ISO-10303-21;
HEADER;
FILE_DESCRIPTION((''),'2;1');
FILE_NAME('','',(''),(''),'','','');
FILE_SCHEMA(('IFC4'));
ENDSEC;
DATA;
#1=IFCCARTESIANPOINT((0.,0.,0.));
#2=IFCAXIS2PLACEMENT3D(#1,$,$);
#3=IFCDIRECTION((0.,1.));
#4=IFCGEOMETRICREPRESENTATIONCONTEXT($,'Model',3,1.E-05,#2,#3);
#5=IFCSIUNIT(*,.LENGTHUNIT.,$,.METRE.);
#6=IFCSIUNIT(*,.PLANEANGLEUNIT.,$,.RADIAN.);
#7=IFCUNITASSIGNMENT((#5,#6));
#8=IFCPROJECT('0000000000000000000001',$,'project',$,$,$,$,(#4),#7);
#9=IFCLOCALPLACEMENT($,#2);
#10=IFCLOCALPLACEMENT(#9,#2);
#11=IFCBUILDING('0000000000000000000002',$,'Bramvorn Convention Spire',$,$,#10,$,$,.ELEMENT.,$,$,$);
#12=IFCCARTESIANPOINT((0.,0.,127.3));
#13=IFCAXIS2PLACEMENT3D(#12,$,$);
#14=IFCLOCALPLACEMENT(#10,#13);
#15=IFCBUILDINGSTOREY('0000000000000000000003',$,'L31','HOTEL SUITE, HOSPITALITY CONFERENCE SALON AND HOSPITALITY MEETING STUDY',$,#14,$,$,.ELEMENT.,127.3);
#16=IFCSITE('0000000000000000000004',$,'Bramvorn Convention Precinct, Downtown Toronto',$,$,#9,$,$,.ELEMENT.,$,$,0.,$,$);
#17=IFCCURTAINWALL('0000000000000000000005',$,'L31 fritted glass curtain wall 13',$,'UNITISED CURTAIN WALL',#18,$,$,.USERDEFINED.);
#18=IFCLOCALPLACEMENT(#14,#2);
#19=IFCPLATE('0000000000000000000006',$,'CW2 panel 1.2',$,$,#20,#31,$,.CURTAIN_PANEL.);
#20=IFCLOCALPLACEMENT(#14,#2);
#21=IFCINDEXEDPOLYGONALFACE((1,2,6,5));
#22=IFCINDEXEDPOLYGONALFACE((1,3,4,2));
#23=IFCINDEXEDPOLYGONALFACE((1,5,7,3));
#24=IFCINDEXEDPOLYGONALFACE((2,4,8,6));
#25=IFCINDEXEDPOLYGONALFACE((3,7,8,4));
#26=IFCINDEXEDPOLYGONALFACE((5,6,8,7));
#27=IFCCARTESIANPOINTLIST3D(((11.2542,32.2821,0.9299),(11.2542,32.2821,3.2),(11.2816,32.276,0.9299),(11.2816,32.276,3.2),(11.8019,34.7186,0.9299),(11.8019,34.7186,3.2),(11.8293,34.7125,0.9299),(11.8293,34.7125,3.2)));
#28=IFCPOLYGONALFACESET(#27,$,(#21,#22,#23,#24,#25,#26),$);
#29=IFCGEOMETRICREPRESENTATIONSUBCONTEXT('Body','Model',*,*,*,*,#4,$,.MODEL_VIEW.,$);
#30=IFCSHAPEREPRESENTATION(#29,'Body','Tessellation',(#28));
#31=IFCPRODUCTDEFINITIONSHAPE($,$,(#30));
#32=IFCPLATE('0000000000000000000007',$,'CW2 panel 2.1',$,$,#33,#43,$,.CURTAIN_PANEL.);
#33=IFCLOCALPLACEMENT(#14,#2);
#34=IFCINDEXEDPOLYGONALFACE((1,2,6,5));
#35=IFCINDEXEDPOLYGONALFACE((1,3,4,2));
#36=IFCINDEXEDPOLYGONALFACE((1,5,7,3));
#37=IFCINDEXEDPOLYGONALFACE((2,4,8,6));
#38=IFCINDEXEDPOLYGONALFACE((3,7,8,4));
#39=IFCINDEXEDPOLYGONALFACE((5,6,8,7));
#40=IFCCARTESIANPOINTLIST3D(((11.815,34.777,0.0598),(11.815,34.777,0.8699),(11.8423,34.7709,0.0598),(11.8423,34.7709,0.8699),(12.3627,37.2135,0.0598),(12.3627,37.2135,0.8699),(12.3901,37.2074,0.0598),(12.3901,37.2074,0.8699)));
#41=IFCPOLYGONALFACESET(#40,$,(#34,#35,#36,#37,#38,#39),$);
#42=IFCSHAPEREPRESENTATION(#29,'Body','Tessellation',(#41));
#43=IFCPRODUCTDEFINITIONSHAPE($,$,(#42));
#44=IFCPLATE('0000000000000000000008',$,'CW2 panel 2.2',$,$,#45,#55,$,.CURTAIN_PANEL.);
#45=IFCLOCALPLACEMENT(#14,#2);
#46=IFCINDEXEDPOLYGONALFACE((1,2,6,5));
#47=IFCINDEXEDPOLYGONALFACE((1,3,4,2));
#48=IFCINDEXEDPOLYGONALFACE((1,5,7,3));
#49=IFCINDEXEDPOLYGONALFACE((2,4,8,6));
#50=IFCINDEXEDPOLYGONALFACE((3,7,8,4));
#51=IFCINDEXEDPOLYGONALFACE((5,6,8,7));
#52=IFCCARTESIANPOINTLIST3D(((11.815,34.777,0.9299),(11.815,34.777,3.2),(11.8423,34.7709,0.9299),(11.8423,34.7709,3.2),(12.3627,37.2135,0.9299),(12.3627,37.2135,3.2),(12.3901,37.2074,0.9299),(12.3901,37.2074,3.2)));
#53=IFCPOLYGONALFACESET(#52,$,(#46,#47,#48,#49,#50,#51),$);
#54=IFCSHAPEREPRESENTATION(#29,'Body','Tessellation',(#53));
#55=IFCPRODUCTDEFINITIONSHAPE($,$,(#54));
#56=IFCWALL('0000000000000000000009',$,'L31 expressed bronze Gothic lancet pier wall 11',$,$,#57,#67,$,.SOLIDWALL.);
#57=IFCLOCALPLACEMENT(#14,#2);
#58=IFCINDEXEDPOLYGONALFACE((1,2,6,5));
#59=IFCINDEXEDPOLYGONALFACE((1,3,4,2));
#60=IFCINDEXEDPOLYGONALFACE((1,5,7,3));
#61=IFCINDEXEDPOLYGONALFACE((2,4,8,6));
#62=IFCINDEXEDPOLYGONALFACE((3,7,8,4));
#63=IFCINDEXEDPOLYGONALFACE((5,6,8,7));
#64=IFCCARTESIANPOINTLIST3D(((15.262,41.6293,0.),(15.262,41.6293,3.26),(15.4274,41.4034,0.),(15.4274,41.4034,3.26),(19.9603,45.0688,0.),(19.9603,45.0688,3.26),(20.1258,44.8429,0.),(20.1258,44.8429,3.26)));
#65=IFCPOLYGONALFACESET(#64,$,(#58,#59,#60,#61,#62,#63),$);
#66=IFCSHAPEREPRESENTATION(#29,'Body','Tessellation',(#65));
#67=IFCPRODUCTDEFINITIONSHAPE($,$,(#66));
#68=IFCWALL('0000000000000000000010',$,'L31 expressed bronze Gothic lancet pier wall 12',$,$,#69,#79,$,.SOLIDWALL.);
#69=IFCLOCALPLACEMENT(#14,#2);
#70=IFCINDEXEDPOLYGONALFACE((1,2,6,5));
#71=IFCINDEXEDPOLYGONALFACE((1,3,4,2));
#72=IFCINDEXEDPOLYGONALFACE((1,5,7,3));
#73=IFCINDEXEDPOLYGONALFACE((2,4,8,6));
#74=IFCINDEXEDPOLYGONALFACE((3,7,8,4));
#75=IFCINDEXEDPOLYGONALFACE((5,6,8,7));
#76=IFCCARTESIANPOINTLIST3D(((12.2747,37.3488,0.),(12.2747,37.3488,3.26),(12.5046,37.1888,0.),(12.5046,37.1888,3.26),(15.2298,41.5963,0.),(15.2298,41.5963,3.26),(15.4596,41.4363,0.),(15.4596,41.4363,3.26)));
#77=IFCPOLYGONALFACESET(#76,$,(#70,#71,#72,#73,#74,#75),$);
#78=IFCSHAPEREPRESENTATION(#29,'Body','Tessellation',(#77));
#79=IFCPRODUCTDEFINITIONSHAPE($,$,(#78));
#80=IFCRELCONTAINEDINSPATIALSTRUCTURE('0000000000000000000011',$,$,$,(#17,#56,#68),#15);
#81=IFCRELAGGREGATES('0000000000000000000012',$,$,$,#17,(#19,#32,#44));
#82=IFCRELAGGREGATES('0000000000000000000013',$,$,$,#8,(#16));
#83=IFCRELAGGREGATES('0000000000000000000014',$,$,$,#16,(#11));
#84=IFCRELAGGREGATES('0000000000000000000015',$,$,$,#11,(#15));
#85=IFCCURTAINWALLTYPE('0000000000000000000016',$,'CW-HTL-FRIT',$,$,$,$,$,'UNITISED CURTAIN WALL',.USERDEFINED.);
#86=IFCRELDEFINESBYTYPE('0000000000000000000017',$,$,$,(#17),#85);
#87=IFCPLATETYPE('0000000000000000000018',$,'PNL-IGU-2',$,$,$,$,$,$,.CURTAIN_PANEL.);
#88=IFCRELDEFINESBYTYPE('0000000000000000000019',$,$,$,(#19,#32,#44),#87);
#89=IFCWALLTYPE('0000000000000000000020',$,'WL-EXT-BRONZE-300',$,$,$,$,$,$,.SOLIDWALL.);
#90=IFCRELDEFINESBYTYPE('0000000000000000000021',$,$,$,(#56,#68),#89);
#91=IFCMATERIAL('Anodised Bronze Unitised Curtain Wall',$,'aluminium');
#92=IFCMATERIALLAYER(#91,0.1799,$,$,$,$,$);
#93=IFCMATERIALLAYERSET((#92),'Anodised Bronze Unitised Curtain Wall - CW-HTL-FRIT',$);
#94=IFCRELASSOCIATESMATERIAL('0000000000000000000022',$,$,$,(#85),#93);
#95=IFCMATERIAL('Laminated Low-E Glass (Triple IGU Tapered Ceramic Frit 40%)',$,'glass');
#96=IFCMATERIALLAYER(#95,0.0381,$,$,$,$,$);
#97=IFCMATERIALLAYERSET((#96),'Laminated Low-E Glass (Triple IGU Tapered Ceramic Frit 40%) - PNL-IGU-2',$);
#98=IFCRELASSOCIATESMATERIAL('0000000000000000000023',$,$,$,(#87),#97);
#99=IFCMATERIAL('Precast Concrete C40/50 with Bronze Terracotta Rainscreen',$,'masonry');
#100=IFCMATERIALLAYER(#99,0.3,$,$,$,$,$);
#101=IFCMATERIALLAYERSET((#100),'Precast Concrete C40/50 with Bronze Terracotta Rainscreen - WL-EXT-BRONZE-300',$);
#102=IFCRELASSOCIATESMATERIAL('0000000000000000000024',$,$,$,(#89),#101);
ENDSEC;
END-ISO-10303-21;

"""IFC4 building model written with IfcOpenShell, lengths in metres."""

from ifc_helpers import new_model, si_unit, direction, frame, frame_2d, origin, origin_2d, place, context, subcontext, project, spatial, rectangle, extrude, material, layer, layer_set, type_object, element, aggregate, save


model = new_model("IFC4")

# Units and contexts
model_context = context("Model", 3, precision=1e-05, world=origin(), true_north=direction((0.0, 1.0)))
body_context = subcontext(model_context, "Body", "Model", "MODEL_VIEW")
ifc_project = project(units=[si_unit("LENGTHUNIT", "METRE"), si_unit("PLANEANGLEUNIT", "RADIAN")], contexts=[model_context])

# Site, building, storey
site_placement = place(None, origin())
site = spatial("IfcSite", under=ifc_project, at=site_placement, Name="Bramvorn Convention Precinct, Downtown Toronto", CompositionType="ELEMENT", RefElevation=0.0)
building_placement = place(site_placement, origin())
building = spatial("IfcBuilding", under=site, at=building_placement, Name="Bramvorn Convention Spire", CompositionType="ELEMENT")
storey_placement = place(building_placement, frame((0.0, 0.0, 127.3)))
storey = spatial("IfcBuildingStorey", under=building, at=storey_placement, Name="L31", Description="HOTEL SUITE, HOSPITALITY CONFERENCE SALON AND HOSPITALITY MEETING STUDY", CompositionType="ELEMENT", Elevation=127.3)

# Curtain wall
ifc_material_1 = material(Name="Anodised Bronze Unitised Curtain Wall", Category="aluminium")
ifc_layer_1 = layer(ifc_material_1, 0.1799)
ifc_layer_set_1 = layer_set([ifc_layer_1], Name="Anodised Bronze Unitised Curtain Wall - CW-HTL-FRIT")
curtain_wall_type = type_object("IfcCurtainWallType", Name="CW-HTL-FRIT", ElementType="UNITISED CURTAIN WALL", PredefinedType="USERDEFINED", material=ifc_layer_set_1)
curtain_wall_placement = place(storey_placement, origin())
curtain_wall = element("IfcCurtainWall", 1, at=curtain_wall_placement, inside=storey, type_object=curtain_wall_type, Name="L31 fritted glass curtain wall 13", ObjectType="UNITISED CURTAIN WALL", PredefinedType="USERDEFINED")

# Plates
ifc_material_2 = material(Name="Laminated Low-E Glass (Triple IGU Tapered Ceramic Frit 40%)", Category="glass")
ifc_layer_2 = layer(ifc_material_2, 0.0381)
ifc_layer_set_2 = layer_set([ifc_layer_2], Name="Laminated Low-E Glass (Triple IGU Tapered Ceramic Frit 40%) - PNL-IGU-2")
plate_type = type_object("IfcPlateType", Name="PNL-IGU-2", PredefinedType="CURTAIN_PANEL", material=ifc_layer_set_2)
plate_1_placement = place(storey_placement, frame((11.5417, 33.4973, 0.9299), z_axis=(0.0, 0.0, 1.0), x_axis=(0.219348, 0.975647, 0.0)))
plate_1 = element("IfcPlate", 2, at=plate_1_placement, type_object=plate_type, Name="CW2 panel 1.2", PredefinedType="CURTAIN_PANEL", context=body_context, shape_type="SweptSolid", body=[
    extrude(rectangle(XDim=2.4973, YDim=0.0281, at=origin_2d()), origin(), (0.0, 0.0, 1.0), 2.27),
])
plate_2_placement = place(storey_placement, frame((12.1025, 35.9922, 0.0598), z_axis=(0.0, 0.0, 1.0), x_axis=(0.219348, 0.975647, 0.0)))
plate_2 = element("IfcPlate", 3, at=plate_2_placement, type_object=plate_type, Name="CW2 panel 2.1", PredefinedType="CURTAIN_PANEL", context=body_context, shape_type="SweptSolid", body=[
    extrude(rectangle(XDim=2.4973, YDim=0.0281, at=origin_2d()), origin(), (0.0, 0.0, 1.0), 0.8101),
])
plate_3_placement = place(storey_placement, frame((12.1025, 35.9922, 0.9299), z_axis=(0.0, 0.0, 1.0), x_axis=(0.219348, 0.975647, 0.0)))
plate_3 = element("IfcPlate", 4, at=plate_3_placement, type_object=plate_type, Name="CW2 panel 2.2", PredefinedType="CURTAIN_PANEL", context=body_context, shape_type="SweptSolid", body=[
    extrude(rectangle(XDim=2.4973, YDim=0.0281, at=origin_2d()), origin(), (0.0, 0.0, 1.0), 2.27),
])
aggregate(curtain_wall, [plate_1, plate_2, plate_3])

# Walls
ifc_material_3 = material(Name="Precast Concrete C40/50 with Bronze Terracotta Rainscreen", Category="masonry")
ifc_layer_3 = layer(ifc_material_3, 0.3)
ifc_layer_set_3 = layer_set([ifc_layer_3], Name="Precast Concrete C40/50 with Bronze Terracotta Rainscreen - WL-EXT-BRONZE-300")
wall_type = type_object("IfcWallType", Name="WL-EXT-BRONZE-300", PredefinedType="SOLIDWALL", material=ifc_layer_set_3)
wall_1_placement = place(storey_placement, frame((15.3447, 41.5164, 0.0), z_axis=(0.0, 0.0, 1.0), x_axis=(0.80689, 0.590702, 0.0)))
element("IfcWall", 5, at=wall_1_placement, inside=storey, type_object=wall_type, Name="L31 expressed bronze Gothic lancet pier wall 11", PredefinedType="SOLIDWALL", context=body_context, shape_type="SweptSolid", body=[
    extrude(rectangle(XDim=5.8228, YDim=0.28, at=frame_2d((2.9114, 0.0))), origin(), (0.0, 0.0, 1.0), 3.26),
])
wall_2_placement = place(storey_placement, frame((12.3896, 37.2688, 0.0), z_axis=(0.0, 0.0, 1.0), x_axis=(0.571098, 0.820882, 0.0)))
element("IfcWall", 6, at=wall_2_placement, inside=storey, type_object=wall_type, Name="L31 expressed bronze Gothic lancet pier wall 12", PredefinedType="SOLIDWALL", context=body_context, shape_type="SweptSolid", body=[
    extrude(rectangle(XDim=5.1743, YDim=0.28, at=frame_2d((2.5872, 0.0))), origin(), (0.0, 0.0, 1.0), 3.26),
])

save(model, "model.ifc")
